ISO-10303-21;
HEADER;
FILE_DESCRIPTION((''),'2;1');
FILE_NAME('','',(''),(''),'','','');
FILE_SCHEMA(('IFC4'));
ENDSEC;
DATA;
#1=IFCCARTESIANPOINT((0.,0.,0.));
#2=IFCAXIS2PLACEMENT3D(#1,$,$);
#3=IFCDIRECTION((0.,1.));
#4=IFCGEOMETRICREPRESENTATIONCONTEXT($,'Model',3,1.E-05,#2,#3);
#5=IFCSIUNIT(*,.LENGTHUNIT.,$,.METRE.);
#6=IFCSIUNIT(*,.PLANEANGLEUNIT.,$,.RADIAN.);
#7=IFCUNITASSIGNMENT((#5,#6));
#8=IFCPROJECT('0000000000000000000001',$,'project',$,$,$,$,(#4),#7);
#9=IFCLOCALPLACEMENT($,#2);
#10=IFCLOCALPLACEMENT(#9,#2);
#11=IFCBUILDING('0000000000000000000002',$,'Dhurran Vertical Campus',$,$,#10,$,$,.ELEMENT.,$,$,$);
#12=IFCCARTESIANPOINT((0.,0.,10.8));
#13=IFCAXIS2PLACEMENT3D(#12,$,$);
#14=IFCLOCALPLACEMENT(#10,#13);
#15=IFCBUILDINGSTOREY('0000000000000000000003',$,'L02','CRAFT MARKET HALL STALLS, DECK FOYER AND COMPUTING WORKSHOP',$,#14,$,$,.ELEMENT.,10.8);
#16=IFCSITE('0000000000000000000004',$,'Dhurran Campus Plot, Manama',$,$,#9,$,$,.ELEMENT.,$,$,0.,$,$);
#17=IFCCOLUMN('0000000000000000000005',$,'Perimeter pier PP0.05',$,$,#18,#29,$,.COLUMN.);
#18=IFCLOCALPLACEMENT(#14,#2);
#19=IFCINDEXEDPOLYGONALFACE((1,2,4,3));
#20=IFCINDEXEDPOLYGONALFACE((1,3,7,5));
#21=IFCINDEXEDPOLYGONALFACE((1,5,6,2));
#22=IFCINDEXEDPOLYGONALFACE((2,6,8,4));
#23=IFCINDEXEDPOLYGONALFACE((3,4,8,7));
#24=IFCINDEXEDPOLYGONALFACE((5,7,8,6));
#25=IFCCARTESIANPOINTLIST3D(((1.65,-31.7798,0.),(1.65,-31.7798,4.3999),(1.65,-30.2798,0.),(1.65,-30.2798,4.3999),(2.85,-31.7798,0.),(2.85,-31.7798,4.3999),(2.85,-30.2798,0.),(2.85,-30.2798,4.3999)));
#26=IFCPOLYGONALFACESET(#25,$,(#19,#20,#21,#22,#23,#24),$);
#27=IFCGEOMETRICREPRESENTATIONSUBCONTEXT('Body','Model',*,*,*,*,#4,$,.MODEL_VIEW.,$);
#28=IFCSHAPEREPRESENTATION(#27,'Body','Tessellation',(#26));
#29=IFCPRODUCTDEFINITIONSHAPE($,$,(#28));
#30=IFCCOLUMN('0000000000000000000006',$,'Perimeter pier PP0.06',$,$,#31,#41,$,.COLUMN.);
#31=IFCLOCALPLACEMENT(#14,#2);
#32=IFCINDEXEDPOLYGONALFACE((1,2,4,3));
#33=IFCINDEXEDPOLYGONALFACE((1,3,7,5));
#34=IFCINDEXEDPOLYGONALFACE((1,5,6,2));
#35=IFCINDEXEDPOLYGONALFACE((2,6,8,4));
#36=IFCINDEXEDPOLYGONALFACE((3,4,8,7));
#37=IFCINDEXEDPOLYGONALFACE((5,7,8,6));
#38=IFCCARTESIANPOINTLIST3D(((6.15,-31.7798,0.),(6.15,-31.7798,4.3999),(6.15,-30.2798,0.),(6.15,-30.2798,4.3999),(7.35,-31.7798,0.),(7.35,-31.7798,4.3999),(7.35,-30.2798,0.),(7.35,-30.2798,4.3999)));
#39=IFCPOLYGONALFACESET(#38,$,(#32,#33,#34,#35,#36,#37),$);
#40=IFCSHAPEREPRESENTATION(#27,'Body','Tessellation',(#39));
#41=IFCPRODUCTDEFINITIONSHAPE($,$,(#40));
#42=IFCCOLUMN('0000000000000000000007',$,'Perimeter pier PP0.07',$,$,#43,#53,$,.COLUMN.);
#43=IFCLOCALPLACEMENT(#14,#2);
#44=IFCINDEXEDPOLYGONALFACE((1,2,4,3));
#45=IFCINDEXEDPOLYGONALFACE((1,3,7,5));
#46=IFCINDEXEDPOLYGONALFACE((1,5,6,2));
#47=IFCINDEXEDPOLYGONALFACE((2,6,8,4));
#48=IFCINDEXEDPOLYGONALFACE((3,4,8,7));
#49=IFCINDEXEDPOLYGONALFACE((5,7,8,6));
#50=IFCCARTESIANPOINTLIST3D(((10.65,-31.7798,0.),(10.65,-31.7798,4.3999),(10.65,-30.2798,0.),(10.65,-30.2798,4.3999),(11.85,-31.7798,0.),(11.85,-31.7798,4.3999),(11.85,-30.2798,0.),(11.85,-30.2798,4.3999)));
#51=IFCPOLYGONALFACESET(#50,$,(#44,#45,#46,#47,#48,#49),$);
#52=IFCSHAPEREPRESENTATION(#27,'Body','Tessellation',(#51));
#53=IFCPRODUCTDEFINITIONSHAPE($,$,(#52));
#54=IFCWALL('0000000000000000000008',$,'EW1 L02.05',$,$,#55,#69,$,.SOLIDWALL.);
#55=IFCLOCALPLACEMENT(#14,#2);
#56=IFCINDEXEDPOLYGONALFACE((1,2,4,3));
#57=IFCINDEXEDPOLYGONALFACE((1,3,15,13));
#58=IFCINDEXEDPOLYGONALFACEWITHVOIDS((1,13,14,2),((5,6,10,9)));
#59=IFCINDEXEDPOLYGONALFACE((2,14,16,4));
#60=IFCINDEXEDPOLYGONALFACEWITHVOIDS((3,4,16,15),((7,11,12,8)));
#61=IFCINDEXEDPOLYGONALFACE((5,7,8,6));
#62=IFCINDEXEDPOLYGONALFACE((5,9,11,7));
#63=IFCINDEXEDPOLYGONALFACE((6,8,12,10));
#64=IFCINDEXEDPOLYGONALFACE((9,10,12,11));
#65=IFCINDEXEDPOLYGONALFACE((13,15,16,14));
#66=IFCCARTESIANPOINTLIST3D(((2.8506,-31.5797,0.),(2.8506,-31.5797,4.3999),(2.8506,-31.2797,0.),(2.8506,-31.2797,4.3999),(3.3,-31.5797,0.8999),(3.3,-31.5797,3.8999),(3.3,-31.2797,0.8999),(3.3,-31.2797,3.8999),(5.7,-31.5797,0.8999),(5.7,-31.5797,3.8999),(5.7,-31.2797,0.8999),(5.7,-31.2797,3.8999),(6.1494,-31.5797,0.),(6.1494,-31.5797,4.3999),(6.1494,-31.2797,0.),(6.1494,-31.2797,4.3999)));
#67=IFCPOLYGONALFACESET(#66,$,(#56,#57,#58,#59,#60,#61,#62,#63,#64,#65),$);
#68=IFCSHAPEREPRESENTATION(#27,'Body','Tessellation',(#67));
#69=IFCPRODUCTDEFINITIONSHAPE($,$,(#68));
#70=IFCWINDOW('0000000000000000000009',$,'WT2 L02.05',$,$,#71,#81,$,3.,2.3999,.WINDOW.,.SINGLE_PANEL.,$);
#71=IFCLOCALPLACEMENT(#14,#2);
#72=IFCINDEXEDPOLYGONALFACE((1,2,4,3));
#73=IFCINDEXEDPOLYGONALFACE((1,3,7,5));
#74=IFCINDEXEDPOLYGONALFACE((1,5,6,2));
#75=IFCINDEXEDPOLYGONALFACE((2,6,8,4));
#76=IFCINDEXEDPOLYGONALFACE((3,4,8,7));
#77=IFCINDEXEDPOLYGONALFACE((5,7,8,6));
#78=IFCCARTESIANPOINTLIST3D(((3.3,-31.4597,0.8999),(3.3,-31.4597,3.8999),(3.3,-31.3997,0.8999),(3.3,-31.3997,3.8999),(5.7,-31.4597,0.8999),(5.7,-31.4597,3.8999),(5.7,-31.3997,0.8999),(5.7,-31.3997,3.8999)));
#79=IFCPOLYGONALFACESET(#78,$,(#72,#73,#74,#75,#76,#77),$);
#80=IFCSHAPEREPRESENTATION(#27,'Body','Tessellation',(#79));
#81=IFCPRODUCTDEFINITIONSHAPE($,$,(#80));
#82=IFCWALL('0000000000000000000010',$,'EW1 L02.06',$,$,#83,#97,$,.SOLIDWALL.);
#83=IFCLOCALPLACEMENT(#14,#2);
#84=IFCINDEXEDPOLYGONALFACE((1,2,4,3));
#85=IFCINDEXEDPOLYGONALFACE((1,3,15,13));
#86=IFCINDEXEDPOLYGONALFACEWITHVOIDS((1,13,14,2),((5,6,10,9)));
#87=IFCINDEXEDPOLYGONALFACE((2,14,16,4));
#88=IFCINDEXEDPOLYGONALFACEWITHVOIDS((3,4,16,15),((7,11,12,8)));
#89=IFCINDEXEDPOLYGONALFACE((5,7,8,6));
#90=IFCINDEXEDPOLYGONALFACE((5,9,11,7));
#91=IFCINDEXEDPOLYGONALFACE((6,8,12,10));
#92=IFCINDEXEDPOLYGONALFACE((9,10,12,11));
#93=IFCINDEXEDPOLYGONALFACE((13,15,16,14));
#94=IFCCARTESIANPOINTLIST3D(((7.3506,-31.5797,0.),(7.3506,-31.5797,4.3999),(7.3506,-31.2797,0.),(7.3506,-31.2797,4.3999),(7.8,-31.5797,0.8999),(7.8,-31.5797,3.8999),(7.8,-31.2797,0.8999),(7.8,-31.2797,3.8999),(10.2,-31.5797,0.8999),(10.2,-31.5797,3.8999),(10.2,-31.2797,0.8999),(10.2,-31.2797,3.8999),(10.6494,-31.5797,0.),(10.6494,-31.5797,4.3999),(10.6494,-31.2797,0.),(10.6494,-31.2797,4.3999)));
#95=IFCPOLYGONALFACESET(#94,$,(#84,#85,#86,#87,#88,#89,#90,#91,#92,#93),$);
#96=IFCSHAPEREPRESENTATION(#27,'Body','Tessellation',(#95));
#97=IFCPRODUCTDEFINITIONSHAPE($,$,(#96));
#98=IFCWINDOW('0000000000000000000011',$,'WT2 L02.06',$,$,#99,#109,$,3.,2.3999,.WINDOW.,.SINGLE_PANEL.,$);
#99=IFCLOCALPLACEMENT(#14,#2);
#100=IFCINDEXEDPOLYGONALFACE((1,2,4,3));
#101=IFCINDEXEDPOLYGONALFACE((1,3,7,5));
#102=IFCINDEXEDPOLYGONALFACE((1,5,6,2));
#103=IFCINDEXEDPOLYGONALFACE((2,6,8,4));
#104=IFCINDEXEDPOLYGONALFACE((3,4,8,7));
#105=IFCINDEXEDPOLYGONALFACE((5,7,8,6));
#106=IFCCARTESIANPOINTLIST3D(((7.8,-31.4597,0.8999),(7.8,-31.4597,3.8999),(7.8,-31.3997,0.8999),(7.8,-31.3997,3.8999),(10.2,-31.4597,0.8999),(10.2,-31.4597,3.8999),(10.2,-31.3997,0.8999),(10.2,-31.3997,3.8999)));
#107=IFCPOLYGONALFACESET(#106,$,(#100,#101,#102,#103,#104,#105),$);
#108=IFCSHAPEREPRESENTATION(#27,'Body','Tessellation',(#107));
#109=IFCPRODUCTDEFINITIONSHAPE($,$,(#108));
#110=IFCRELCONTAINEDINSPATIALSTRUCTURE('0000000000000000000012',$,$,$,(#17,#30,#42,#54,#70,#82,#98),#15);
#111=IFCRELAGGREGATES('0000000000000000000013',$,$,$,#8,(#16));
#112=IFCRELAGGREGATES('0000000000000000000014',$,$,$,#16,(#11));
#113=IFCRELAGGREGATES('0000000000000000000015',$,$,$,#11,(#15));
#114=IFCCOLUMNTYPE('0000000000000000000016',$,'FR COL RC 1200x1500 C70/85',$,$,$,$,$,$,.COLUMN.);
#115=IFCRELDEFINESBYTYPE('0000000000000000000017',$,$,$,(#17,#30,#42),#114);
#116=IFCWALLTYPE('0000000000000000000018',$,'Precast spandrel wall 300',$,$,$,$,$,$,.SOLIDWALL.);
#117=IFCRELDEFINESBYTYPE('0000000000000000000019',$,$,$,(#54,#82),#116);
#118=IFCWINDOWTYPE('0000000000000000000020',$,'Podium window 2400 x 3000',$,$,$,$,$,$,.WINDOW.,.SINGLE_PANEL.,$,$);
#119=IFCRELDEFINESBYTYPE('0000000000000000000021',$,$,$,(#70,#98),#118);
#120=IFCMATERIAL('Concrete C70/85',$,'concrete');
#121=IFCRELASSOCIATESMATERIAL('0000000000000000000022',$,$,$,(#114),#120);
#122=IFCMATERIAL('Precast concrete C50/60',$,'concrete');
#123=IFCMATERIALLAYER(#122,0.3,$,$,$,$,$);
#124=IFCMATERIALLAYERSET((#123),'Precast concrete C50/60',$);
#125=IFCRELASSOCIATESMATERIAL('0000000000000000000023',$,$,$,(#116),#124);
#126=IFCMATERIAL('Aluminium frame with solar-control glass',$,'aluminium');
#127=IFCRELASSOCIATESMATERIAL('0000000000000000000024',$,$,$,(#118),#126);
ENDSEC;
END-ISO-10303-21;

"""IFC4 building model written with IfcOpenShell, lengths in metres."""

from ifc_helpers import new_model, si_unit, direction, frame, frame_2d, origin, origin_2d, place, context, subcontext, project, spatial, rectangle, extrude, material, layer, layer_set, material_profile, profile_set, type_object, element, fill, save


model = new_model("IFC4")

# Units and contexts
model_context = context("Model", 3, precision=1e-05, world=origin(), true_north=direction((0.0, 1.0)))
body_context = subcontext(model_context, "Body", "Model", "MODEL_VIEW")
ifc_project = project(units=[si_unit("LENGTHUNIT", "METRE"), si_unit("PLANEANGLEUNIT", "RADIAN")], contexts=[model_context])

# Site, building, storey
site_placement = place(None, origin())
site = spatial("IfcSite", under=ifc_project, at=site_placement, Name="Dhurran Campus Plot, Manama", CompositionType="ELEMENT", RefElevation=0.0)
building_placement = place(site_placement, origin())
building = spatial("IfcBuilding", under=site, at=building_placement, Name="Dhurran Vertical Campus", CompositionType="ELEMENT")
storey_placement = place(building_placement, frame((0.0, 0.0, 10.8)))
storey = spatial("IfcBuildingStorey", under=building, at=storey_placement, Name="L02", Description="CRAFT MARKET HALL STALLS, DECK FOYER AND COMPUTING WORKSHOP", CompositionType="ELEMENT", Elevation=10.8)

# Columns
ifc_material_1 = material(Name="Concrete C70/85", Category="concrete")
ifc_material_profile = material_profile(ifc_material_1, rectangle(XDim=1.2, YDim=1.5, at=origin_2d()), Name="RC 1200x1500")
ifc_profile_set = profile_set([ifc_material_profile], Name="Concrete C70/85")
column_type = type_object("IfcColumnType", Name="FR COL RC 1200x1500 C70/85", PredefinedType="COLUMN", material=ifc_profile_set)
for number, where, z_axis, x_axis, name in (
    (1, (2.25, -31.0298, 0.0), (0.0, 0.0, 1.0), (1.0, 0.0, 0.0), "Perimeter pier PP0.05"),
    (2, (6.75, -31.0298, 0.0), (0.0, 0.0, 1.0), (1.0, 0.0, 0.0), "Perimeter pier PP0.06"),
    (3, (11.25, -31.0298, 0.0), (0.0, 0.0, 1.0), (1.0, 0.0, 0.0), "Perimeter pier PP0.07"),
):
    element("IfcColumn", number, at=place(storey_placement, frame(where, z_axis=z_axis, x_axis=x_axis)), inside=storey, type_object=column_type, Name=name, PredefinedType="COLUMN", context=body_context, shape_type="SweptSolid", body=[
        extrude(rectangle(XDim=1.2, YDim=1.5, at=origin_2d()), origin(), (0.0, 0.0, 1.0), 4.3999),
    ])

# Shared definitions
ifc_material_2 = material(Name="Precast concrete C50/60", Category="concrete")
ifc_layer_1 = layer(ifc_material_2, 0.3)
ifc_layer_set_1 = layer_set([ifc_layer_1], Name="Precast concrete C50/60")
wall_type_1 = type_object("IfcWallType", Name="Precast spandrel wall 300", PredefinedType="SOLIDWALL", material=ifc_layer_set_1)

# Walls, openings, windows
wall_1_placement = place(storey_placement, frame((2.8506, -31.4297, 0.0), z_axis=(0.0, 0.0, 1.0), x_axis=(1.0, 0.0, 0.0)))
wall_1 = element("IfcWall", 4, at=wall_1_placement, inside=storey, type_object=wall_type_1, Name="EW1 L02.05", PredefinedType="SOLIDWALL", context=body_context, shape_type="SweptSolid", body=[
    extrude(rectangle(XDim=3.2988, YDim=0.3, at=frame_2d((1.6494, 0.0))), origin(), (0.0, 0.0, 1.0), 4.3999),
])
opening_1_placement = place(wall_1_placement, frame((0.4495, 0.0, 0.8999)))
opening_1 = element("IfcOpeningElement", 5, at=opening_1_placement, cuts=wall_1, PredefinedType="OPENING", context=body_context, shape_type="SweptSolid", body=[
    extrude(rectangle(XDim=2.3999, YDim=3.0, at=frame_2d((1.2, 1.5))), frame((0.0, 0.1599, 0.0), z_axis=(0.0, -1.0, 0.0), x_axis=(1.0, 0.0, 0.0)), (0.0, 0.0, 1.0), 0.3201),
])
ifc_material_3 = material(Name="Aluminium frame with solar-control glass", Category="aluminium")
window_type = type_object("IfcWindowType", Name="Podium window 2400 x 3000", PartitioningType="SINGLE_PANEL", PredefinedType="WINDOW", material=ifc_material_3)
window_1_placement = place(opening_1_placement, origin())
window_1 = element("IfcWindow", 6, at=window_1_placement, inside=storey, type_object=window_type, Name="WT2 L02.05", OverallHeight=3.0, OverallWidth=2.3999, PartitioningType="SINGLE_PANEL", PredefinedType="WINDOW", context=body_context, shape_type="SweptSolid", body=[
    extrude(rectangle(XDim=2.3999, YDim=3.0, at=frame_2d((1.2, 1.5))), frame((0.0, 0.03, 0.0), z_axis=(0.0, -1.0, 0.0), x_axis=(1.0, 0.0, 0.0)), (0.0, 0.0, 1.0), 0.0601),
])
fill(opening_1, window_1)
wall_2_placement = place(storey_placement, frame((7.3506, -31.4297, 0.0), z_axis=(0.0, 0.0, 1.0), x_axis=(1.0, 0.0, 0.0)))
wall_2 = element("IfcWall", 7, at=wall_2_placement, inside=storey, type_object=wall_type_1, Name="EW1 L02.06", PredefinedType="SOLIDWALL", context=body_context, shape_type="SweptSolid", body=[
    extrude(rectangle(XDim=3.2988, YDim=0.3, at=frame_2d((1.6494, 0.0))), origin(), (0.0, 0.0, 1.0), 4.3999),
])
opening_2_placement = place(wall_2_placement, frame((0.4495, 0.0, 0.8999)))
opening_2 = element("IfcOpeningElement", 8, at=opening_2_placement, cuts=wall_2, PredefinedType="OPENING", context=body_context, shape_type="SweptSolid", body=[
    extrude(rectangle(XDim=2.3999, YDim=3.0, at=frame_2d((1.2, 1.5))), frame((0.0, 0.1599, 0.0), z_axis=(0.0, -1.0, 0.0), x_axis=(1.0, 0.0, 0.0)), (0.0, 0.0, 1.0), 0.3201),
])
window_2_placement = place(opening_2_placement, origin())
window_2 = element("IfcWindow", 9, at=window_2_placement, inside=storey, type_object=window_type, Name="WT2 L02.06", OverallHeight=3.0, OverallWidth=2.3999, PartitioningType="SINGLE_PANEL", PredefinedType="WINDOW", context=body_context, shape_type="SweptSolid", body=[
    extrude(rectangle(XDim=2.3999, YDim=3.0, at=frame_2d((1.2, 1.5))), frame((0.0, 0.03, 0.0), z_axis=(0.0, -1.0, 0.0), x_axis=(1.0, 0.0, 0.0)), (0.0, 0.0, 1.0), 0.0601),
])
fill(opening_2, window_2)

save(model, "model.ifc")
